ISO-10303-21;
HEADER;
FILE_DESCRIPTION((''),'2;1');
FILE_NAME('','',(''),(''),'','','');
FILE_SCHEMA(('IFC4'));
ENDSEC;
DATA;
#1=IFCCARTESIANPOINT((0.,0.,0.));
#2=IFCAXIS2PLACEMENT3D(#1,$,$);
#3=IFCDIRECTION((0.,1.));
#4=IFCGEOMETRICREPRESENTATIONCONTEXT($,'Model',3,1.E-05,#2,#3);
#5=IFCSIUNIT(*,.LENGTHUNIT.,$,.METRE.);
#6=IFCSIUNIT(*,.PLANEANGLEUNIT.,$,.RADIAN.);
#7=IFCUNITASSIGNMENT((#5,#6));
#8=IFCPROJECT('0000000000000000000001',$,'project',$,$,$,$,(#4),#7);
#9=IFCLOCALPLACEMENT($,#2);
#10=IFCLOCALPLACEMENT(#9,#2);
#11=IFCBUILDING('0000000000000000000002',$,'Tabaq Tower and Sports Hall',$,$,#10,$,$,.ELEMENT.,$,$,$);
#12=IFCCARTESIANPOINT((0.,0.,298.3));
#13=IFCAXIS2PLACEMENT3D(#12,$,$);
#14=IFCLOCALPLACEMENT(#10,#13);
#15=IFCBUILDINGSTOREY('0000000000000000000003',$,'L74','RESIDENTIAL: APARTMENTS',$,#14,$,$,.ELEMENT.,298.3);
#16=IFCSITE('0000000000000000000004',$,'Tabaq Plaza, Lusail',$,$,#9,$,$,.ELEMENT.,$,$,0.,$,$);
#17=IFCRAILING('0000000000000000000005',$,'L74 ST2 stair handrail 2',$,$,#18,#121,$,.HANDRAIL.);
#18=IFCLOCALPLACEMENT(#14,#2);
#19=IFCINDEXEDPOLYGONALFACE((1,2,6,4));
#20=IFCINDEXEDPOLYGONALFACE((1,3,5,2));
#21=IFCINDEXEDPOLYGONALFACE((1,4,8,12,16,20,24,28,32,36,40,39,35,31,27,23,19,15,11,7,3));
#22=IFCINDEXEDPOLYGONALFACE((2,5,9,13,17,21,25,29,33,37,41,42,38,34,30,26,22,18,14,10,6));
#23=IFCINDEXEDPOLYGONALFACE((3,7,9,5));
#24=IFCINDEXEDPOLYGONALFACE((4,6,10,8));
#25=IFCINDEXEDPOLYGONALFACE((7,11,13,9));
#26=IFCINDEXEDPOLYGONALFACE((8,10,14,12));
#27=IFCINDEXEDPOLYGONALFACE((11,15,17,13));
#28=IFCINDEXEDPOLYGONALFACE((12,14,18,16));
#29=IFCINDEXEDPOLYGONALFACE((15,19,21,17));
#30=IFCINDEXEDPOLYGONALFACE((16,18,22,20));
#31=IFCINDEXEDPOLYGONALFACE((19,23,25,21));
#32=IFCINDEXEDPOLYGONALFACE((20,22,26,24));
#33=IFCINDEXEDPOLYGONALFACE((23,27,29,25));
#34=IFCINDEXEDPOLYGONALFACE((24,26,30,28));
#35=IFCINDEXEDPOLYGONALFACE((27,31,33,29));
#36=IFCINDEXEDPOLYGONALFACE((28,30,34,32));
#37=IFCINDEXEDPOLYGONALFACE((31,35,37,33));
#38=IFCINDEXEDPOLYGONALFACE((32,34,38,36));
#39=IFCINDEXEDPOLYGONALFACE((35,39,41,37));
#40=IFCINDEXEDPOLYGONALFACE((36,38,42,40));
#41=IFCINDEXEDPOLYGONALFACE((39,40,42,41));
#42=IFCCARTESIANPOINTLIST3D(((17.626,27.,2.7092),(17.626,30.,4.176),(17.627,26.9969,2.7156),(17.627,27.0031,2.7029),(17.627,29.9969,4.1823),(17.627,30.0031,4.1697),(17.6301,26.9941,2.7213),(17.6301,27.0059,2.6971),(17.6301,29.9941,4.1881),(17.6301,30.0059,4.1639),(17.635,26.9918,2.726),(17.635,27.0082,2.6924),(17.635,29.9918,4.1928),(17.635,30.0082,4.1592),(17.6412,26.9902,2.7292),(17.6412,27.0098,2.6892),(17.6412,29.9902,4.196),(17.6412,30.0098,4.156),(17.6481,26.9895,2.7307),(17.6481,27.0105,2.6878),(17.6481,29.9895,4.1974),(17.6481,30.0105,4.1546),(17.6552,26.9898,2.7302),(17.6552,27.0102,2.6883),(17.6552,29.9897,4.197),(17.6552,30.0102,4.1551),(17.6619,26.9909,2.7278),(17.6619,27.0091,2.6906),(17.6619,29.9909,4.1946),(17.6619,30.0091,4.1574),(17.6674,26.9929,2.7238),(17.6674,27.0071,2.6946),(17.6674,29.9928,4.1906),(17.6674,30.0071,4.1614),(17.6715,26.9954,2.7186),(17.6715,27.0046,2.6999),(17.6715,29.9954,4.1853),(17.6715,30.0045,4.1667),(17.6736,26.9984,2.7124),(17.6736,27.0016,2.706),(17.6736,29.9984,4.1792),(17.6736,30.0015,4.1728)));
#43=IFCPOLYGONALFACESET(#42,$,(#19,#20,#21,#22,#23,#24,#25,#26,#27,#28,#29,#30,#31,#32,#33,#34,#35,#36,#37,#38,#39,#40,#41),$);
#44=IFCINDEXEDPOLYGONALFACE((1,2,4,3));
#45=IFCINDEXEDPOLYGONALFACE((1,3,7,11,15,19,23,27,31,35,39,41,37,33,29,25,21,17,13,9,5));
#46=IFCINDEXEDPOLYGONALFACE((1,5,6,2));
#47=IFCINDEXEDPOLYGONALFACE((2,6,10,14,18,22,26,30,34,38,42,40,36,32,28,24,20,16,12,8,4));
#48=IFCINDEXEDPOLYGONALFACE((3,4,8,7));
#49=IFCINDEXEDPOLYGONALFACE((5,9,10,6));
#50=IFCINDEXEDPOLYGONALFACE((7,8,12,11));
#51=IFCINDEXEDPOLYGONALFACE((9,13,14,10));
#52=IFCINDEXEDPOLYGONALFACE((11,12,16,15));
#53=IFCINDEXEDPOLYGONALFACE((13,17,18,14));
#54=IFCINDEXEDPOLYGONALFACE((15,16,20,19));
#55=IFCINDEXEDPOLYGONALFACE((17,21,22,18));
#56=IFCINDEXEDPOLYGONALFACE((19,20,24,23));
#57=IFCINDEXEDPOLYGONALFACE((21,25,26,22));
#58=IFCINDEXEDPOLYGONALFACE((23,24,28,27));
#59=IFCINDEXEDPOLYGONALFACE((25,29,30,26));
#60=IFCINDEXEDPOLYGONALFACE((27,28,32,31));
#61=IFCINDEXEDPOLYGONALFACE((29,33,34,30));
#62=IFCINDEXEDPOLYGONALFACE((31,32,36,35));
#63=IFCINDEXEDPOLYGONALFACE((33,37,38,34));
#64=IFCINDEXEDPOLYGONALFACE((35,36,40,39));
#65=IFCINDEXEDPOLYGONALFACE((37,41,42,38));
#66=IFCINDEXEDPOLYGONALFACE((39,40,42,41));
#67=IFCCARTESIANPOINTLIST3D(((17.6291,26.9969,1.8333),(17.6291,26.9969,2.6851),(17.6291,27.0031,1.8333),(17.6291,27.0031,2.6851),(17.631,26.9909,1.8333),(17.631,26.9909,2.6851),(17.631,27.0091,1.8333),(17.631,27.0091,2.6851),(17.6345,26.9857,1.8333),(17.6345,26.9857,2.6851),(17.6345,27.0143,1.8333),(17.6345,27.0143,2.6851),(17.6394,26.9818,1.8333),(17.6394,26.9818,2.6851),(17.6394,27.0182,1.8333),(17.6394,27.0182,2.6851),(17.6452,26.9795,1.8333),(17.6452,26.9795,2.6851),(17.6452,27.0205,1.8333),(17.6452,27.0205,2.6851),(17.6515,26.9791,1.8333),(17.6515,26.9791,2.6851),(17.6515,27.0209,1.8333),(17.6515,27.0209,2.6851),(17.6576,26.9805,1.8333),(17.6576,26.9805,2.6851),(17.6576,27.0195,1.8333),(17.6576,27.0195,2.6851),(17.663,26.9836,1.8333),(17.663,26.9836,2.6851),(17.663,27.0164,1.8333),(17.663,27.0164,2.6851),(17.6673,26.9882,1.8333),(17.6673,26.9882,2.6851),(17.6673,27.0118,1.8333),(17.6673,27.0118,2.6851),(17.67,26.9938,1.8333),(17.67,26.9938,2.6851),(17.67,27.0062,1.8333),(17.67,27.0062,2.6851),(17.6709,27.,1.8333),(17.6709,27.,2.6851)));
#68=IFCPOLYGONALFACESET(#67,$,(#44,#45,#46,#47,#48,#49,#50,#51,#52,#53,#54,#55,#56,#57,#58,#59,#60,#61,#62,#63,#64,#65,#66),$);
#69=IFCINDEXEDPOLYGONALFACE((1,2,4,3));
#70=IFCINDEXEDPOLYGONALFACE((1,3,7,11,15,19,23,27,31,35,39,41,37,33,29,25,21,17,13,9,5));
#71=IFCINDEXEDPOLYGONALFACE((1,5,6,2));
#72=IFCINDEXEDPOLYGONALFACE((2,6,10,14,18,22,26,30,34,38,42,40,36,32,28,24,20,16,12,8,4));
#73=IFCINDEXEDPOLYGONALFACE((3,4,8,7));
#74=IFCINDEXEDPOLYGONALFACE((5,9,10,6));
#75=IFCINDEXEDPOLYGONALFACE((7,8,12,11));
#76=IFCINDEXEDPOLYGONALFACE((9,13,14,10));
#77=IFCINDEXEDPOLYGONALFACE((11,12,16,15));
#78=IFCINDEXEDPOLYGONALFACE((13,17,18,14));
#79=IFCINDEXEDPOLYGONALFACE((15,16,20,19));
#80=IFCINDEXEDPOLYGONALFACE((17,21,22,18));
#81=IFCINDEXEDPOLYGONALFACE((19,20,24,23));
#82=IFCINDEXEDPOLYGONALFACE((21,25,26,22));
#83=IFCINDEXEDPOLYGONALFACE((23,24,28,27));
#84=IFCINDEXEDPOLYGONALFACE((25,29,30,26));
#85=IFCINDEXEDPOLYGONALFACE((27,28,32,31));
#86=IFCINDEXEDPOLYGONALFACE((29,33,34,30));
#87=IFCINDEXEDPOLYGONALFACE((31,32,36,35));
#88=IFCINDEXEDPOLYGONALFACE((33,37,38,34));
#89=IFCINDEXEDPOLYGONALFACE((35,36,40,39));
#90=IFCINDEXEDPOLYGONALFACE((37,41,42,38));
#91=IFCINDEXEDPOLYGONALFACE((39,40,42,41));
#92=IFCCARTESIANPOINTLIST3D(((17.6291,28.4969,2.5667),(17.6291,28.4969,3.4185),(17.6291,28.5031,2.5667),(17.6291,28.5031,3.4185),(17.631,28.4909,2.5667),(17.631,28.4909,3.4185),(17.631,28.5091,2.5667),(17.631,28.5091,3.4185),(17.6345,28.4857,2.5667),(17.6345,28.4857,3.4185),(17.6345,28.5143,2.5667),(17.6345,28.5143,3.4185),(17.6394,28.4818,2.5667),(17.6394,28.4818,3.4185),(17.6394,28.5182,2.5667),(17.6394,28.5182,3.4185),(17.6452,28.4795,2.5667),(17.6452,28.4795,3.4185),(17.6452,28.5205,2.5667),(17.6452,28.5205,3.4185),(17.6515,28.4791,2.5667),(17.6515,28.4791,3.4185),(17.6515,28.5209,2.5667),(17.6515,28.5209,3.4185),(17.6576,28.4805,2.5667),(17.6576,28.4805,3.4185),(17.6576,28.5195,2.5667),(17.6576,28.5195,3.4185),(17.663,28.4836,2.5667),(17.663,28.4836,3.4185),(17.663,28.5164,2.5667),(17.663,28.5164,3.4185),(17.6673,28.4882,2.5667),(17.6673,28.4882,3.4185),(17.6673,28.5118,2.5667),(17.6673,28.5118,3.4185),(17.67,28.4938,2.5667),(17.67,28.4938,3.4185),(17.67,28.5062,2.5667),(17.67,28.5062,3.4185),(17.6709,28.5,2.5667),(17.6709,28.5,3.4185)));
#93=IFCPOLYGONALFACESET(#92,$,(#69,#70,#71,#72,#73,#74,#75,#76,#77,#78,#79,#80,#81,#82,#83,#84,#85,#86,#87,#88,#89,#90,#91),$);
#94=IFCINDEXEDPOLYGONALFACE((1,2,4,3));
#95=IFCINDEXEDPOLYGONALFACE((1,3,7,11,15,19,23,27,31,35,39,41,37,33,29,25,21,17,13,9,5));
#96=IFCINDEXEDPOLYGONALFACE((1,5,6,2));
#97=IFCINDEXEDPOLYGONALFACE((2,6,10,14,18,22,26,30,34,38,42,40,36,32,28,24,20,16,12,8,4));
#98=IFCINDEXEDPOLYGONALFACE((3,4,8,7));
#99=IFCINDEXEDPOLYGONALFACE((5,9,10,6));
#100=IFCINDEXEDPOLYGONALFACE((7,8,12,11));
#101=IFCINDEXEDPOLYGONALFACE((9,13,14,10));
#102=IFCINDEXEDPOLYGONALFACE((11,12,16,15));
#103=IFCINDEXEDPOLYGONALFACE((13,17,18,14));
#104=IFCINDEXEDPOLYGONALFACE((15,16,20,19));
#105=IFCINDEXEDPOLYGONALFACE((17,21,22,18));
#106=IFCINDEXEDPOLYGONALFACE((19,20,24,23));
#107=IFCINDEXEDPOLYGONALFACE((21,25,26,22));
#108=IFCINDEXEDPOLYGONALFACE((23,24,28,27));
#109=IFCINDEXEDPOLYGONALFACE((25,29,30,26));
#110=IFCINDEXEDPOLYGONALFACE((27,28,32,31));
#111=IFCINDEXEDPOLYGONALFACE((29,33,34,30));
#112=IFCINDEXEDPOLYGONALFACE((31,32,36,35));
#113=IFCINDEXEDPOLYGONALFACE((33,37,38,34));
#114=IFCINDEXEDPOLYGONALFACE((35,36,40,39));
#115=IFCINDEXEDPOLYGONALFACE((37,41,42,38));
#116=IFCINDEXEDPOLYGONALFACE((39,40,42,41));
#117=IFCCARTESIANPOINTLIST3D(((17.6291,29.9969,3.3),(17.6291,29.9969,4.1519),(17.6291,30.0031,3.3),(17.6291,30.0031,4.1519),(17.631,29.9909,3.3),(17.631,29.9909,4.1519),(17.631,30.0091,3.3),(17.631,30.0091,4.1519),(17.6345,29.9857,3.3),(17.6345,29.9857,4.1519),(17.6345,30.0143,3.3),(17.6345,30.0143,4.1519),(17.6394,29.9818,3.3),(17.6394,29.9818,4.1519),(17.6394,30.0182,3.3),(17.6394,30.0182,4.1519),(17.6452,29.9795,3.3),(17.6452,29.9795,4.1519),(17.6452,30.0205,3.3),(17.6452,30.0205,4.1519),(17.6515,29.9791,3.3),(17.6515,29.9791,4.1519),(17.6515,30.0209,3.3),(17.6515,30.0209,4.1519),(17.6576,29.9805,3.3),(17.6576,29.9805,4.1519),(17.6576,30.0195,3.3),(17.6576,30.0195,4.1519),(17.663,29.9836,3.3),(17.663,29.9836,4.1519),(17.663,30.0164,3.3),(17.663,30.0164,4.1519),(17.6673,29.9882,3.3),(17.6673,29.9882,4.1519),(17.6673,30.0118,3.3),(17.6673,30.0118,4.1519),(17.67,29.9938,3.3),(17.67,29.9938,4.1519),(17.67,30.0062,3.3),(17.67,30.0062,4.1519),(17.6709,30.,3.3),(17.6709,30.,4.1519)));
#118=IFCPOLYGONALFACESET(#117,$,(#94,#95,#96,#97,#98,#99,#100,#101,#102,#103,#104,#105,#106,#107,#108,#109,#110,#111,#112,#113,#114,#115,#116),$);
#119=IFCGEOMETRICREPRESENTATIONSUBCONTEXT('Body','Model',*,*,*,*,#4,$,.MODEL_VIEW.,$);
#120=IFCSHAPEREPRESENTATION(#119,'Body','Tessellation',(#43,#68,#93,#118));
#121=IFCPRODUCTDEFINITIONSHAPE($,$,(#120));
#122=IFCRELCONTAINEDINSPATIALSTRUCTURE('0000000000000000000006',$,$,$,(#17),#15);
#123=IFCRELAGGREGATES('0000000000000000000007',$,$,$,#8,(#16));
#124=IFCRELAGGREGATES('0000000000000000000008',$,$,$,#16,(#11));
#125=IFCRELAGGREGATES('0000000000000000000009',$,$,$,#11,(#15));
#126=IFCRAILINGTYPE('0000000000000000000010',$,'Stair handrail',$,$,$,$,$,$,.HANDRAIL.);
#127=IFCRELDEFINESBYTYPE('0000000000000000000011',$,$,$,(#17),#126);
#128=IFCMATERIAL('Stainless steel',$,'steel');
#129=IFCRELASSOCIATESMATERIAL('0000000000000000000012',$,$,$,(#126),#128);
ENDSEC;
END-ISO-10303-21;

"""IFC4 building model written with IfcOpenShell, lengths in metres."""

from ifc_helpers import new_model, si_unit, direction, frame, origin, origin_2d, place, context, subcontext, project, spatial, circle, extrude, material, type_object, element, save


model = new_model("IFC4")

# Units and contexts
model_context = context("Model", 3, precision=1e-05, world=origin(), true_north=direction((0.0, 1.0)))
body_context = subcontext(model_context, "Body", "Model", "MODEL_VIEW")
ifc_project = project(units=[si_unit("LENGTHUNIT", "METRE"), si_unit("PLANEANGLEUNIT", "RADIAN")], contexts=[model_context])

# Site, building, storey
site_placement = place(None, origin())
site = spatial("IfcSite", under=ifc_project, at=site_placement, Name="Tabaq Plaza, Lusail", CompositionType="ELEMENT", RefElevation=0.0)
building_placement = place(site_placement, origin())
building = spatial("IfcBuilding", under=site, at=building_placement, Name="Tabaq Tower and Sports Hall", CompositionType="ELEMENT")
storey_placement = place(building_placement, frame((0.0, 0.0, 298.3)))
storey = spatial("IfcBuildingStorey", under=building, at=storey_placement, Name="L74", Description="RESIDENTIAL: APARTMENTS", CompositionType="ELEMENT", Elevation=298.3)

# Railing
ifc_material_1 = material(Name="Stainless steel", Category="steel")
railing_type_1 = type_object("IfcRailingType", Name="Stair handrail", PredefinedType="HANDRAIL", material=ifc_material_1)
railing_1_placement = place(storey_placement, frame((17.6499, 27.0, 1.8333)))
element("IfcRailing", 1, at=railing_1_placement, inside=storey, type_object=railing_type_1, Name="L74 ST2 stair handrail 2", PredefinedType="HANDRAIL", context=body_context, shape_type="SweptSolid", body=[
    extrude(circle(Radius=0.0239, at=origin_2d()), frame((0.0, 0.0, 0.876), z_axis=(0.0, 0.898369, 0.439242), x_axis=(-1.0, 0.0, 0.0)), (0.0, 0.0, 1.0), 3.3394),
    extrude(circle(Radius=0.021, at=origin_2d()), origin(), (0.0, 0.0, 1.0), 0.8518),
    extrude(circle(Radius=0.021, at=origin_2d()), frame((0.0, 1.5, 0.7334)), (0.0, 0.0, 1.0), 0.8518),
    extrude(circle(Radius=0.021, at=origin_2d()), frame((0.0, 3.0, 1.4668)), (0.0, 0.0, 1.0), 0.8518),
])

save(model, "model.ifc")
